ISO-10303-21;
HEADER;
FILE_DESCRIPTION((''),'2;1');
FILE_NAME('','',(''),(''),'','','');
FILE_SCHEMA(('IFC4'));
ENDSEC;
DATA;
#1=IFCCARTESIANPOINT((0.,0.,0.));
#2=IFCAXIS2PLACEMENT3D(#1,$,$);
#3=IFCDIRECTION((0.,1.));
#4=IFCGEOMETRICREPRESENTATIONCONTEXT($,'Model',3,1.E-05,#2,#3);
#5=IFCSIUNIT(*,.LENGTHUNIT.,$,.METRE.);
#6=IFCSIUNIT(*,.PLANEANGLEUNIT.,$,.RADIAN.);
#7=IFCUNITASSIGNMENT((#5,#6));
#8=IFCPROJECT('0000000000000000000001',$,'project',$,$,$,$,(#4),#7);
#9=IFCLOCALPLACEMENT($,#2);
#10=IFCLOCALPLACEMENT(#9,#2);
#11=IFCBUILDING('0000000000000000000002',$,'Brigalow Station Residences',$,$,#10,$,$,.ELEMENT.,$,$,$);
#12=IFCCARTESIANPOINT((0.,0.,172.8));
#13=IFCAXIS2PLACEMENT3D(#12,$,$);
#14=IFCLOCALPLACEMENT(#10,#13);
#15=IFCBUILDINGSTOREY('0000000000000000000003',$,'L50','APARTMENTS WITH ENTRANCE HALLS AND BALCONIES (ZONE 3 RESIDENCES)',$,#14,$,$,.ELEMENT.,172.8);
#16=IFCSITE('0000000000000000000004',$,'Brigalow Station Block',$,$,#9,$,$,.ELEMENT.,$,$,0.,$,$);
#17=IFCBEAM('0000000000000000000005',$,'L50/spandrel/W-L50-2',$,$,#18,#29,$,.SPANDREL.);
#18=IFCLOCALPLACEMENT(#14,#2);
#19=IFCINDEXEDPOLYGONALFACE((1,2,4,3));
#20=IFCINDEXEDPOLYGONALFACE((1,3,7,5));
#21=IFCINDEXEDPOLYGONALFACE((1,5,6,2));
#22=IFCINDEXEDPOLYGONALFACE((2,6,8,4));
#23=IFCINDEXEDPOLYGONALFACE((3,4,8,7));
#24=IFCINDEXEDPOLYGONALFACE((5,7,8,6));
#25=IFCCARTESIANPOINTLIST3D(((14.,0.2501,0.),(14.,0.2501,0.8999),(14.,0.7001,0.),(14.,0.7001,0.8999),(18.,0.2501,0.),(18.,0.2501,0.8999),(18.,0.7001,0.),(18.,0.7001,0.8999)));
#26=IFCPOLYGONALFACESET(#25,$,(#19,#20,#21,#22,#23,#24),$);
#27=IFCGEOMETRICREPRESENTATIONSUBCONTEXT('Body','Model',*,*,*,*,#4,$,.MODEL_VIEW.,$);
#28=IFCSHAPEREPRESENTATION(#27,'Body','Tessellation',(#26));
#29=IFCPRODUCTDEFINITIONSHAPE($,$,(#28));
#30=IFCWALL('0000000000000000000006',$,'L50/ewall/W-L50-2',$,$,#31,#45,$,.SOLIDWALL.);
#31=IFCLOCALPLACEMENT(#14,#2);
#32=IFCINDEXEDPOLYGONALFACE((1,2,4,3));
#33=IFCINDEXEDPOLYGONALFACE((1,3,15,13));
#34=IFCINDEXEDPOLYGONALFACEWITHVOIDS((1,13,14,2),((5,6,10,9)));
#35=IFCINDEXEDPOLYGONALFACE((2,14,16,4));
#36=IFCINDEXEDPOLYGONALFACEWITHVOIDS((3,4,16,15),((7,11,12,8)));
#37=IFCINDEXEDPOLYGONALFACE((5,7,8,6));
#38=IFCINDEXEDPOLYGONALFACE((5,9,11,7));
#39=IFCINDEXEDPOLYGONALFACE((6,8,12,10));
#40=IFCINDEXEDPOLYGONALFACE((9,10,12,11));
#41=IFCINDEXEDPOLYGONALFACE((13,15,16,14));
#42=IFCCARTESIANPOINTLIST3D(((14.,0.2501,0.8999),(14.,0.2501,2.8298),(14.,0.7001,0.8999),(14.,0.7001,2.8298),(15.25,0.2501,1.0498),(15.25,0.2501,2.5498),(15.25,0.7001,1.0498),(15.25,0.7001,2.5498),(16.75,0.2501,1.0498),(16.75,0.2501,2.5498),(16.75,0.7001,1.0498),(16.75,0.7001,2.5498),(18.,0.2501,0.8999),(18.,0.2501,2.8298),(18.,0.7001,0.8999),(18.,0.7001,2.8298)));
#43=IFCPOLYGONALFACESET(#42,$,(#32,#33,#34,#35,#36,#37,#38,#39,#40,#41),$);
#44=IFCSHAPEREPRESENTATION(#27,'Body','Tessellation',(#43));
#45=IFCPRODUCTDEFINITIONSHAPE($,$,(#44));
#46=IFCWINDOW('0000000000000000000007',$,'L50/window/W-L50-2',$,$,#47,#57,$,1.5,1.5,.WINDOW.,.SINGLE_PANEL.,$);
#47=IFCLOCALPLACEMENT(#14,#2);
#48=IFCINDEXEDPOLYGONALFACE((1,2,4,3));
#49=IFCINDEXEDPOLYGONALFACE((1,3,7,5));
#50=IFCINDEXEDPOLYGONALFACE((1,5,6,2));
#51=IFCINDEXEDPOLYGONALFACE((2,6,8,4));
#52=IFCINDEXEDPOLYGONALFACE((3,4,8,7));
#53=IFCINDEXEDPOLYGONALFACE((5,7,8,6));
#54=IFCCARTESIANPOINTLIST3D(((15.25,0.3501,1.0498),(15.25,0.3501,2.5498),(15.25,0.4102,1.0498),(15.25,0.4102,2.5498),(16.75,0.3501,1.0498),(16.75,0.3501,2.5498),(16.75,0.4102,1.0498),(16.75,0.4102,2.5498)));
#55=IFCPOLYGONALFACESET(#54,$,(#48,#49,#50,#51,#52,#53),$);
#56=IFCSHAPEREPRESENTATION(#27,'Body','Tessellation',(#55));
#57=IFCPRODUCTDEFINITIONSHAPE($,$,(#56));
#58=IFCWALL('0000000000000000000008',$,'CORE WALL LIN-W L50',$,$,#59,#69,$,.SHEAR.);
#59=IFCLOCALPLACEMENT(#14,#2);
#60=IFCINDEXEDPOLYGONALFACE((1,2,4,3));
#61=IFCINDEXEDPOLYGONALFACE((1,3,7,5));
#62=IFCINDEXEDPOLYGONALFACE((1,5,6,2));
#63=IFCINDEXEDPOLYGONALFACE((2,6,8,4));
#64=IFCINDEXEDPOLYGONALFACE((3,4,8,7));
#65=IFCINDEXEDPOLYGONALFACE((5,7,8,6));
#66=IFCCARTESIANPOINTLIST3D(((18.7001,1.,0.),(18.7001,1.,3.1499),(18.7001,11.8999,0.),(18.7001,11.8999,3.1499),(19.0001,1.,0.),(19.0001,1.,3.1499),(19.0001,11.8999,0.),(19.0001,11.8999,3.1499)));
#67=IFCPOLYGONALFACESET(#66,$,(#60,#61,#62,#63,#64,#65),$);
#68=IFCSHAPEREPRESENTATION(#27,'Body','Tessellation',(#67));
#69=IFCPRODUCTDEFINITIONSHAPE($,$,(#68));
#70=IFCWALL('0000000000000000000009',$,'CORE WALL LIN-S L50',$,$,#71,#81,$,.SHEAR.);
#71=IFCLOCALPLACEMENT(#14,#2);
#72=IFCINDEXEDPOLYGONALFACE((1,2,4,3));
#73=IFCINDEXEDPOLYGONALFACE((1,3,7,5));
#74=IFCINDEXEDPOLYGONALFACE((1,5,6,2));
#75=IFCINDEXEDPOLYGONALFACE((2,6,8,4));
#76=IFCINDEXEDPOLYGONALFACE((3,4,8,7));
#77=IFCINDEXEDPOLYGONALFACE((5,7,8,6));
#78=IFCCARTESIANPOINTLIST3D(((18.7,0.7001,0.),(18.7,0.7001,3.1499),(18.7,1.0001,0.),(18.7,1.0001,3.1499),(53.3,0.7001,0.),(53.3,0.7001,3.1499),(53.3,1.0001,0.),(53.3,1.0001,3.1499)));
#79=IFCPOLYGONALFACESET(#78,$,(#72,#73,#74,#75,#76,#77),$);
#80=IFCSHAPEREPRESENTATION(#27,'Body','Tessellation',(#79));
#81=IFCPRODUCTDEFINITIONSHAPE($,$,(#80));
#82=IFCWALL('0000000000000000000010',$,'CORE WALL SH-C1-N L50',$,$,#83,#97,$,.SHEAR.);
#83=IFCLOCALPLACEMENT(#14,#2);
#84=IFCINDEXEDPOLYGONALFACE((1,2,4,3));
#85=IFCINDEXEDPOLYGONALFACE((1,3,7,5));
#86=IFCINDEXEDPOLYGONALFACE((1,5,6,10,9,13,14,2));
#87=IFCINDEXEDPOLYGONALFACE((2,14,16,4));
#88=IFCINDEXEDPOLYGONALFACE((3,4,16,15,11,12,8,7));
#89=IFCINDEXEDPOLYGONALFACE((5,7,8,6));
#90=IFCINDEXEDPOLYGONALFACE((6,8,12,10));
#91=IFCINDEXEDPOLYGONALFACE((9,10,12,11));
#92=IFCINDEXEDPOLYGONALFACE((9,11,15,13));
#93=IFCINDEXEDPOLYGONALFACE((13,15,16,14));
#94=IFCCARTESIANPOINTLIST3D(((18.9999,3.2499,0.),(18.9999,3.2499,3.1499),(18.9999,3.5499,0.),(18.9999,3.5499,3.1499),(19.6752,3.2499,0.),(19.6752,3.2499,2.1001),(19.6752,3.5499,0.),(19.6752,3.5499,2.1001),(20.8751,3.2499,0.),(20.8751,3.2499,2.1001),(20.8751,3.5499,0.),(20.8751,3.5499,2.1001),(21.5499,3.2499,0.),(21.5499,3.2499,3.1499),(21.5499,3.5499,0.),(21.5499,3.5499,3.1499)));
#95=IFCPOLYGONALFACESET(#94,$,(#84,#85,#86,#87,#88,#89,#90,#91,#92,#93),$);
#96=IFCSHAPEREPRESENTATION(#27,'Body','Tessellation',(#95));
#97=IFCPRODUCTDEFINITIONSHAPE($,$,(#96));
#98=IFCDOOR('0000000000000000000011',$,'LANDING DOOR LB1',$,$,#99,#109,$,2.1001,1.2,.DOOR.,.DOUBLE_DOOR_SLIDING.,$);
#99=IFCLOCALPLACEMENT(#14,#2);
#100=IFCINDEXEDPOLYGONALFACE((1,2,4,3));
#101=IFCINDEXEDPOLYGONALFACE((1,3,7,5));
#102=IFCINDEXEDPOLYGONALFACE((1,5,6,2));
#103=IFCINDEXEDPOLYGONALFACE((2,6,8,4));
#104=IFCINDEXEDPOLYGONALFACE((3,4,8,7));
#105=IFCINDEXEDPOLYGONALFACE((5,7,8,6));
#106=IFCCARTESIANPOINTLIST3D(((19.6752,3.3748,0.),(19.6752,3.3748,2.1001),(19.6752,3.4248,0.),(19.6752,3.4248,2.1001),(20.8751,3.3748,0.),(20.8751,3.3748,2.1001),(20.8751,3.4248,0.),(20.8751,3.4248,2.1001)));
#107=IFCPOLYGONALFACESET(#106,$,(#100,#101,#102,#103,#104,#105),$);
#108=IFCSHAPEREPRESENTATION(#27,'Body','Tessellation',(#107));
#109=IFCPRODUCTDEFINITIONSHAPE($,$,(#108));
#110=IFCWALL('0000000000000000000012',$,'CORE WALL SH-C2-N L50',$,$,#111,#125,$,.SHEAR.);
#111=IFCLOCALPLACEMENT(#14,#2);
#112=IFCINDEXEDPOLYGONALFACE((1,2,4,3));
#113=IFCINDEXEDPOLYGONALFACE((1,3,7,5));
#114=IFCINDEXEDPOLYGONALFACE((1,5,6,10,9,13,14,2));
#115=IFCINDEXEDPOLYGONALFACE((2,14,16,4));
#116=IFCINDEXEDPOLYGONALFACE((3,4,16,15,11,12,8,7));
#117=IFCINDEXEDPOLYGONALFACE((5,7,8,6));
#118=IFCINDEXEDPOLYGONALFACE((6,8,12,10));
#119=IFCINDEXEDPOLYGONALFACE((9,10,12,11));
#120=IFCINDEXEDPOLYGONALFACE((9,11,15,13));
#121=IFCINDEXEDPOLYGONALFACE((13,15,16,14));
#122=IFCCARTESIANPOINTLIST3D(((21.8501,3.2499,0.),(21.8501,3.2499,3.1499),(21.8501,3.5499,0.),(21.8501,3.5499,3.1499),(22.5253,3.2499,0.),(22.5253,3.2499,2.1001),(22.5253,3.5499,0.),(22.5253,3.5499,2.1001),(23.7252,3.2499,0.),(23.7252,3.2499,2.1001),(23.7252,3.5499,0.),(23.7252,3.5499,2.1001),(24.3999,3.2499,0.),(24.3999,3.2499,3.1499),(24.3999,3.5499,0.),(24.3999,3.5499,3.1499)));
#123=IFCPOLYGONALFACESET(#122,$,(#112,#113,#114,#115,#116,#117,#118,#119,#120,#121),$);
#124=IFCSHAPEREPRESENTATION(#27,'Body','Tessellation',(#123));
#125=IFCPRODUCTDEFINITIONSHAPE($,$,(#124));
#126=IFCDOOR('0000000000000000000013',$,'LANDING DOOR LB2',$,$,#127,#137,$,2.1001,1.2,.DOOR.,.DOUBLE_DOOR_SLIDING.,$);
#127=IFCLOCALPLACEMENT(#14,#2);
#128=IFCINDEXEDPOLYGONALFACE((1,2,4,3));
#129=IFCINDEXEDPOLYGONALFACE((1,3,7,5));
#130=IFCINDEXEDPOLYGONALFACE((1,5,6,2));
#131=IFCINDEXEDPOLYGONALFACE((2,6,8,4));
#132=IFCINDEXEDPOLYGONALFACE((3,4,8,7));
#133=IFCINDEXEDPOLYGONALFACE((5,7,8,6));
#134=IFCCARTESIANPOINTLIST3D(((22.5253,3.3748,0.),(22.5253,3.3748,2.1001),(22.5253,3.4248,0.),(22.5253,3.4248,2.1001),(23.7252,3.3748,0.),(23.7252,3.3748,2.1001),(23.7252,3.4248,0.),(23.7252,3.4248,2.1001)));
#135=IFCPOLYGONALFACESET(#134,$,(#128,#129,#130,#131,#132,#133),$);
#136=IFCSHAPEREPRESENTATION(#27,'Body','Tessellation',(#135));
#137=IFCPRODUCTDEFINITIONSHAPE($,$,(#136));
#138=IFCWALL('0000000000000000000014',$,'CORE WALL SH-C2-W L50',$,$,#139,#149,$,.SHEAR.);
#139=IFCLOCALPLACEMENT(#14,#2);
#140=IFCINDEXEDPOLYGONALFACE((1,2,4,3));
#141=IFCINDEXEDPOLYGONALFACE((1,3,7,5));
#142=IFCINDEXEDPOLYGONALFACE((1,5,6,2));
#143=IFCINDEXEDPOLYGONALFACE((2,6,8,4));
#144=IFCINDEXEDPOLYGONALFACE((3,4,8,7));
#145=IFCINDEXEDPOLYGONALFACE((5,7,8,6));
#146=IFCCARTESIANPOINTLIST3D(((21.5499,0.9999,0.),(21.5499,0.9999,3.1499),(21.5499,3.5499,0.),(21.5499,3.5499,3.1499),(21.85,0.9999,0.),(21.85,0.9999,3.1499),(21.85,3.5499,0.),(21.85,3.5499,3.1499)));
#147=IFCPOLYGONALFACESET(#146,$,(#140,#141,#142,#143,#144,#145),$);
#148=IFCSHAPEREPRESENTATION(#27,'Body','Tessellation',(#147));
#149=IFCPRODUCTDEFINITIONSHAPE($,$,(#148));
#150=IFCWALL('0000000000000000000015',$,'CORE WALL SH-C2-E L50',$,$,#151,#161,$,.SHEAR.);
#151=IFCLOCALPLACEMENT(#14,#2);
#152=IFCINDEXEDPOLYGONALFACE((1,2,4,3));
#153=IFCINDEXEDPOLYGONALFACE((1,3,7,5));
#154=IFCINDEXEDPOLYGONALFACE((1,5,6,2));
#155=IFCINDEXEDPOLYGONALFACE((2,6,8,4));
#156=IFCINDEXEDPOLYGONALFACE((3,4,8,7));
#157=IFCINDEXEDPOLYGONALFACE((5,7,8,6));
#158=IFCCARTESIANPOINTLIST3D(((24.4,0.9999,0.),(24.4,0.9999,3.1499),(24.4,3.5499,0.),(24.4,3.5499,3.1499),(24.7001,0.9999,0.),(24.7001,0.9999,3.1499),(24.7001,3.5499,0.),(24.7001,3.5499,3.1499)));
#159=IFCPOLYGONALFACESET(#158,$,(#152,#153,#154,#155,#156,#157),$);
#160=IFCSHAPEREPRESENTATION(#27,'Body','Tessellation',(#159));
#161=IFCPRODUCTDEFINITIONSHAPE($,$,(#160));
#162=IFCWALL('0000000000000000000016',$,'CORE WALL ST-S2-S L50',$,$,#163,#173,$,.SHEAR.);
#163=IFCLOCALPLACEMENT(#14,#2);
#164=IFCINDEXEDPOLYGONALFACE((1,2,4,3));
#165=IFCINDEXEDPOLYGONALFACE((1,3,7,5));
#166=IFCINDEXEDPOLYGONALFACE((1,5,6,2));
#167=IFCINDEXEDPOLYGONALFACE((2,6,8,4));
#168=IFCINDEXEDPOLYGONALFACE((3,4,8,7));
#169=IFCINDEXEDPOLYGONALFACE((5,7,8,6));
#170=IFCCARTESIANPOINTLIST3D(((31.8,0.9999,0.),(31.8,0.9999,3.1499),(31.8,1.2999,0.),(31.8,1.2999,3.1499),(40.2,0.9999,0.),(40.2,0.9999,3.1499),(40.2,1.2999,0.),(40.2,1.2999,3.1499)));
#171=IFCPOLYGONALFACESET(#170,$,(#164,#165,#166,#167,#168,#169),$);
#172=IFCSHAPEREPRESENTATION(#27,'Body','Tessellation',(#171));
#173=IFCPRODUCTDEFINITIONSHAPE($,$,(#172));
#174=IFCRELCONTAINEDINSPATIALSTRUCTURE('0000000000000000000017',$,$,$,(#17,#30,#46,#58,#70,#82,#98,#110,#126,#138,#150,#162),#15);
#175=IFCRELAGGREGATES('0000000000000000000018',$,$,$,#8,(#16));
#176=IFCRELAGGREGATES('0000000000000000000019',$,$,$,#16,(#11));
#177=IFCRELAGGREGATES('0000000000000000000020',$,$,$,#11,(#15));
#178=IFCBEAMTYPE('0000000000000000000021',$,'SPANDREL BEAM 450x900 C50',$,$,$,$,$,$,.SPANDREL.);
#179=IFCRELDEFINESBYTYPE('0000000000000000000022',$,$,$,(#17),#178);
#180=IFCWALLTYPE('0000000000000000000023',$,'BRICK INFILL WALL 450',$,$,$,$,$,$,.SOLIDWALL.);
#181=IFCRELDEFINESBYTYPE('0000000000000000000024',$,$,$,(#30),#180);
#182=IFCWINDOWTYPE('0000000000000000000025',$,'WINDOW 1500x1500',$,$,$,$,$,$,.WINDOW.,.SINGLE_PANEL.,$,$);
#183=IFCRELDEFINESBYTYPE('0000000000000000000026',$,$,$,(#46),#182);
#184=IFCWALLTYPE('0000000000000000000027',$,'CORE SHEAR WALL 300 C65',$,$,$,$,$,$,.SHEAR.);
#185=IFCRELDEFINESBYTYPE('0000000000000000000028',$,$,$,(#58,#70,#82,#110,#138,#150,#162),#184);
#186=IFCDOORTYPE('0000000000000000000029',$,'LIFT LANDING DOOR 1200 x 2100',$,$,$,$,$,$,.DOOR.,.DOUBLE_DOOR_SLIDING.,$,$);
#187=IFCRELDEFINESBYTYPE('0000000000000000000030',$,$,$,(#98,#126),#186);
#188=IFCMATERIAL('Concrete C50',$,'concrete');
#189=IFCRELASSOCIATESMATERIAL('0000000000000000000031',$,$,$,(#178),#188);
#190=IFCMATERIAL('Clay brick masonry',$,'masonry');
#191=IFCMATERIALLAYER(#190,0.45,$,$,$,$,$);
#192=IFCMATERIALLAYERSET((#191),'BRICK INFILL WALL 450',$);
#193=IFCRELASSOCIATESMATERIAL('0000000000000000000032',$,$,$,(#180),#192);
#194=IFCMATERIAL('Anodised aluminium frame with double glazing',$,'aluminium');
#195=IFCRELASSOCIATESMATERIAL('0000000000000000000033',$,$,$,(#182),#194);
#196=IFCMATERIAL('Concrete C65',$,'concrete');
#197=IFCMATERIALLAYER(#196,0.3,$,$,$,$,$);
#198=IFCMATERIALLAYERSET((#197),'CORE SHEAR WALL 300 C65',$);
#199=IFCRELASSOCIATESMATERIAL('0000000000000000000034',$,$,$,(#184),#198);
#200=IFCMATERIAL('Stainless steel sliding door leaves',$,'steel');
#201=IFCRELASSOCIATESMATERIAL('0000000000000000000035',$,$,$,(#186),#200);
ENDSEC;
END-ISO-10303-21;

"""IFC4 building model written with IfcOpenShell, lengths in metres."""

from ifc_helpers import new_model, si_unit, direction, frame, frame_2d, origin, origin_2d, place, context, subcontext, project, spatial, rectangle, extrude, material, layer, layer_set, material_profile, profile_set, type_object, element, fill, save


model = new_model("IFC4")

# Units and contexts
model_context = context("Model", 3, precision=1e-05, world=origin(), true_north=direction((0.0, 1.0)))
body_context = subcontext(model_context, "Body", "Model", "MODEL_VIEW")
ifc_project = project(units=[si_unit("LENGTHUNIT", "METRE"), si_unit("PLANEANGLEUNIT", "RADIAN")], contexts=[model_context])

# Site, building, storey
site_placement = place(None, origin())
site = spatial("IfcSite", under=ifc_project, at=site_placement, Name="Brigalow Station Block", CompositionType="ELEMENT", RefElevation=0.0)
building_placement = place(site_placement, origin())
building = spatial("IfcBuilding", under=site, at=building_placement, Name="Brigalow Station Residences", CompositionType="ELEMENT")
storey_placement = place(building_placement, frame((0.0, 0.0, 172.8)))
storey = spatial("IfcBuildingStorey", under=building, at=storey_placement, Name="L50", Description="APARTMENTS WITH ENTRANCE HALLS AND BALCONIES (ZONE 3 RESIDENCES)", CompositionType="ELEMENT", Elevation=172.8)

# Beam
ifc_material_1 = material(Name="Concrete C50", Category="concrete")
ifc_material_profile = material_profile(ifc_material_1, rectangle(XDim=0.45, YDim=0.8999, at=origin_2d()), Name="RC450x900")
ifc_profile_set = profile_set([ifc_material_profile], Name="Concrete C50")
beam_type = type_object("IfcBeamType", Name="SPANDREL BEAM 450x900 C50", PredefinedType="SPANDREL", material=ifc_profile_set)
beam_placement = place(storey_placement, frame((14.0, 0.4751, 0.45), z_axis=(1.0, 0.0, 0.0), x_axis=(0.0, 1.0, 0.0)))
element("IfcBeam", 1, at=beam_placement, inside=storey, type_object=beam_type, Name="L50/spandrel/W-L50-2", PredefinedType="SPANDREL", context=body_context, shape_type="SweptSolid", body=[
    extrude(rectangle(XDim=0.45, YDim=0.8999, at=origin_2d()), origin(), (0.0, 0.0, 1.0), 4.0),
])

# Wall, opening, window
ifc_material_2 = material(Name="Clay brick masonry", Category="masonry")
ifc_layer_1 = layer(ifc_material_2, 0.45)
ifc_layer_set_1 = layer_set([ifc_layer_1], Name="BRICK INFILL WALL 450")
wall_type_1 = type_object("IfcWallType", Name="BRICK INFILL WALL 450", PredefinedType="SOLIDWALL", material=ifc_layer_set_1)
wall_1_placement = place(storey_placement, frame((14.0, 0.4751, 0.8999), z_axis=(0.0, 0.0, 1.0), x_axis=(1.0, 0.0, 0.0)))
wall_1 = element("IfcWall", 2, at=wall_1_placement, inside=storey, type_object=wall_type_1, Name="L50/ewall/W-L50-2", PredefinedType="SOLIDWALL", context=body_context, shape_type="SweptSolid", body=[
    extrude(rectangle(XDim=4.0, YDim=0.45, at=frame_2d((2.0, 0.0))), origin(), (0.0, 0.0, 1.0), 1.9299),
])
opening_1_placement = place(wall_1_placement, frame((1.25, 0.0, 0.1499)))
opening_1 = element("IfcOpeningElement", 3, at=opening_1_placement, cuts=wall_1, PredefinedType="OPENING", context=body_context, shape_type="SweptSolid", body=[
    extrude(rectangle(XDim=1.5, YDim=1.5, at=frame_2d((0.75, 0.75))), frame((0.0, 0.2349, 0.0), z_axis=(0.0, -1.0, 0.0), x_axis=(1.0, 0.0, 0.0)), (0.0, 0.0, 1.0), 0.47),
])
ifc_material_3 = material(Name="Anodised aluminium frame with double glazing", Category="aluminium")
window_type = type_object("IfcWindowType", Name="WINDOW 1500x1500", PartitioningType="SINGLE_PANEL", PredefinedType="WINDOW", material=ifc_material_3)
window_placement = place(opening_1_placement, origin())
window = element("IfcWindow", 4, at=window_placement, inside=storey, type_object=window_type, Name="L50/window/W-L50-2", OverallHeight=1.5, OverallWidth=1.5, PartitioningType="SINGLE_PANEL", PredefinedType="WINDOW", context=body_context, shape_type="SweptSolid", body=[
    extrude(rectangle(XDim=1.5, YDim=1.5, at=frame_2d((0.75, 0.75))), frame((0.0, -0.0649, 0.0), z_axis=(0.0, -1.0, 0.0), x_axis=(1.0, 0.0, 0.0)), (0.0, 0.0, 1.0), 0.0601),
])
fill(opening_1, window)

# Walls
ifc_material_4 = material(Name="Concrete C65", Category="concrete")
ifc_layer_2 = layer(ifc_material_4, 0.3)
ifc_layer_set_2 = layer_set([ifc_layer_2], Name="CORE SHEAR WALL 300 C65")
wall_type_2 = type_object("IfcWallType", Name="CORE SHEAR WALL 300 C65", PredefinedType="SHEAR", material=ifc_layer_set_2)
wall_2_placement = place(storey_placement, frame((18.8501, 1.0, 0.0), z_axis=(0.0, 0.0, 1.0), x_axis=(0.0, 1.0, 0.0)))
element("IfcWall", 5, at=wall_2_placement, inside=storey, type_object=wall_type_2, Name="CORE WALL LIN-W L50", PredefinedType="SHEAR", context=body_context, shape_type="SweptSolid", body=[
    extrude(rectangle(XDim=10.8999, YDim=0.3, at=frame_2d((5.45, 0.0))), origin(), (0.0, 0.0, 1.0), 3.1499),
])
wall_3_placement = place(storey_placement, frame((18.7, 0.8501, 0.0), z_axis=(0.0, 0.0, 1.0), x_axis=(1.0, 0.0, 0.0)))
element("IfcWall", 6, at=wall_3_placement, inside=storey, type_object=wall_type_2, Name="CORE WALL LIN-S L50", PredefinedType="SHEAR", context=body_context, shape_type="SweptSolid", body=[
    extrude(rectangle(XDim=34.6001, YDim=0.3, at=frame_2d((17.3, 0.0))), origin(), (0.0, 0.0, 1.0), 3.1499),
])

# Walls, openings, doors
wall_4_placement = place(storey_placement, frame((19.0, 3.3999, 0.0), z_axis=(0.0, 0.0, 1.0), x_axis=(1.0, 0.0, 0.0)))
wall_4 = element("IfcWall", 7, at=wall_4_placement, inside=storey, type_object=wall_type_2, Name="CORE WALL SH-C1-N L50", PredefinedType="SHEAR", context=body_context, shape_type="SweptSolid", body=[
    extrude(rectangle(XDim=2.55, YDim=0.3, at=frame_2d((1.2749, 0.0))), origin(), (0.0, 0.0, 1.0), 3.1499),
])
opening_2_placement = place(wall_4_placement, frame((0.675, 0.0, 0.0)))
opening_2 = element("IfcOpeningElement", 8, at=opening_2_placement, cuts=wall_4, PredefinedType="OPENING", context=body_context, shape_type="SweptSolid", body=[
    extrude(rectangle(XDim=1.2, YDim=2.1001, at=frame_2d((0.6001, 1.05))), frame((0.0, 0.1602, 0.0), z_axis=(0.0, -1.0, 0.0), x_axis=(1.0, 0.0, 0.0)), (0.0, 0.0, 1.0), 0.3201),
])
ifc_material_5 = material(Name="Stainless steel sliding door leaves", Category="steel")
door_type = type_object("IfcDoorType", Name="LIFT LANDING DOOR 1200 x 2100", OperationType="DOUBLE_DOOR_SLIDING", PredefinedType="DOOR", material=ifc_material_5)
door_1_placement = place(opening_2_placement, origin())
door_1 = element("IfcDoor", 9, at=door_1_placement, inside=storey, type_object=door_type, Name="LANDING DOOR LB1", OperationType="DOUBLE_DOOR_SLIDING", OverallHeight=2.1001, OverallWidth=1.2, PredefinedType="DOOR", context=body_context, shape_type="SweptSolid", body=[
    extrude(rectangle(XDim=1.2, YDim=2.1001, at=frame_2d((0.6001, 1.05))), frame((0.0, 0.0249, 0.0), z_axis=(0.0, -1.0, 0.0), x_axis=(1.0, 0.0, 0.0)), (0.0, 0.0, 1.0), 0.05),
])
fill(opening_2, door_1)
wall_5_placement = place(storey_placement, frame((21.8501, 3.3999, 0.0), z_axis=(0.0, 0.0, 1.0), x_axis=(1.0, 0.0, 0.0)))
wall_5 = element("IfcWall", 10, at=wall_5_placement, inside=storey, type_object=wall_type_2, Name="CORE WALL SH-C2-N L50", PredefinedType="SHEAR", context=body_context, shape_type="SweptSolid", body=[
    extrude(rectangle(XDim=2.5498, YDim=0.3, at=frame_2d((1.2749, 0.0))), origin(), (0.0, 0.0, 1.0), 3.1499),
])
opening_3_placement = place(wall_5_placement, frame((0.675, 0.0, 0.0)))
opening_3 = element("IfcOpeningElement", 11, at=opening_3_placement, cuts=wall_5, PredefinedType="OPENING", context=body_context, shape_type="SweptSolid", body=[
    extrude(rectangle(XDim=1.2, YDim=2.1001, at=frame_2d((0.6001, 1.05))), frame((0.0, 0.1602, 0.0), z_axis=(0.0, -1.0, 0.0), x_axis=(1.0, 0.0, 0.0)), (0.0, 0.0, 1.0), 0.3201),
])
door_2_placement = place(opening_3_placement, origin())
door_2 = element("IfcDoor", 12, at=door_2_placement, inside=storey, type_object=door_type, Name="LANDING DOOR LB2", OperationType="DOUBLE_DOOR_SLIDING", OverallHeight=2.1001, OverallWidth=1.2, PredefinedType="DOOR", context=body_context, shape_type="SweptSolid", body=[
    extrude(rectangle(XDim=1.2, YDim=2.1001, at=frame_2d((0.6001, 1.05))), frame((0.0, 0.0249, 0.0), z_axis=(0.0, -1.0, 0.0), x_axis=(1.0, 0.0, 0.0)), (0.0, 0.0, 1.0), 0.05),
])
fill(opening_3, door_2)

# Walls
for number, where, z_axis, x_axis, name in (
    (13, (21.7, 1.0, 0.0), (0.0, 0.0, 1.0), (0.0, 1.0, 0.0), "CORE WALL SH-C2-W L50"),
    (14, (24.55, 1.0, 0.0), (0.0, 0.0, 1.0), (0.0, 1.0, 0.0), "CORE WALL SH-C2-E L50"),
):
    element("IfcWall", number, at=place(storey_placement, frame(where, z_axis=z_axis, x_axis=x_axis)), inside=storey, type_object=wall_type_2, Name=name, PredefinedType="SHEAR", context=body_context, shape_type="SweptSolid", body=[
        extrude(rectangle(XDim=2.55, YDim=0.3, at=frame_2d((1.2749, 0.0))), origin(), (0.0, 0.0, 1.0), 3.1499),
    ])
wall_6_placement = place(storey_placement, frame((31.8, 1.1499, 0.0), z_axis=(0.0, 0.0, 1.0), x_axis=(1.0, 0.0, 0.0)))
element("IfcWall", 15, at=wall_6_placement, inside=storey, type_object=wall_type_2, Name="CORE WALL ST-S2-S L50", PredefinedType="SHEAR", context=body_context, shape_type="SweptSolid", body=[
    extrude(rectangle(XDim=8.3999, YDim=0.3, at=frame_2d((4.2, 0.0))), origin(), (0.0, 0.0, 1.0), 3.1499),
])

save(model, "model.ifc")
